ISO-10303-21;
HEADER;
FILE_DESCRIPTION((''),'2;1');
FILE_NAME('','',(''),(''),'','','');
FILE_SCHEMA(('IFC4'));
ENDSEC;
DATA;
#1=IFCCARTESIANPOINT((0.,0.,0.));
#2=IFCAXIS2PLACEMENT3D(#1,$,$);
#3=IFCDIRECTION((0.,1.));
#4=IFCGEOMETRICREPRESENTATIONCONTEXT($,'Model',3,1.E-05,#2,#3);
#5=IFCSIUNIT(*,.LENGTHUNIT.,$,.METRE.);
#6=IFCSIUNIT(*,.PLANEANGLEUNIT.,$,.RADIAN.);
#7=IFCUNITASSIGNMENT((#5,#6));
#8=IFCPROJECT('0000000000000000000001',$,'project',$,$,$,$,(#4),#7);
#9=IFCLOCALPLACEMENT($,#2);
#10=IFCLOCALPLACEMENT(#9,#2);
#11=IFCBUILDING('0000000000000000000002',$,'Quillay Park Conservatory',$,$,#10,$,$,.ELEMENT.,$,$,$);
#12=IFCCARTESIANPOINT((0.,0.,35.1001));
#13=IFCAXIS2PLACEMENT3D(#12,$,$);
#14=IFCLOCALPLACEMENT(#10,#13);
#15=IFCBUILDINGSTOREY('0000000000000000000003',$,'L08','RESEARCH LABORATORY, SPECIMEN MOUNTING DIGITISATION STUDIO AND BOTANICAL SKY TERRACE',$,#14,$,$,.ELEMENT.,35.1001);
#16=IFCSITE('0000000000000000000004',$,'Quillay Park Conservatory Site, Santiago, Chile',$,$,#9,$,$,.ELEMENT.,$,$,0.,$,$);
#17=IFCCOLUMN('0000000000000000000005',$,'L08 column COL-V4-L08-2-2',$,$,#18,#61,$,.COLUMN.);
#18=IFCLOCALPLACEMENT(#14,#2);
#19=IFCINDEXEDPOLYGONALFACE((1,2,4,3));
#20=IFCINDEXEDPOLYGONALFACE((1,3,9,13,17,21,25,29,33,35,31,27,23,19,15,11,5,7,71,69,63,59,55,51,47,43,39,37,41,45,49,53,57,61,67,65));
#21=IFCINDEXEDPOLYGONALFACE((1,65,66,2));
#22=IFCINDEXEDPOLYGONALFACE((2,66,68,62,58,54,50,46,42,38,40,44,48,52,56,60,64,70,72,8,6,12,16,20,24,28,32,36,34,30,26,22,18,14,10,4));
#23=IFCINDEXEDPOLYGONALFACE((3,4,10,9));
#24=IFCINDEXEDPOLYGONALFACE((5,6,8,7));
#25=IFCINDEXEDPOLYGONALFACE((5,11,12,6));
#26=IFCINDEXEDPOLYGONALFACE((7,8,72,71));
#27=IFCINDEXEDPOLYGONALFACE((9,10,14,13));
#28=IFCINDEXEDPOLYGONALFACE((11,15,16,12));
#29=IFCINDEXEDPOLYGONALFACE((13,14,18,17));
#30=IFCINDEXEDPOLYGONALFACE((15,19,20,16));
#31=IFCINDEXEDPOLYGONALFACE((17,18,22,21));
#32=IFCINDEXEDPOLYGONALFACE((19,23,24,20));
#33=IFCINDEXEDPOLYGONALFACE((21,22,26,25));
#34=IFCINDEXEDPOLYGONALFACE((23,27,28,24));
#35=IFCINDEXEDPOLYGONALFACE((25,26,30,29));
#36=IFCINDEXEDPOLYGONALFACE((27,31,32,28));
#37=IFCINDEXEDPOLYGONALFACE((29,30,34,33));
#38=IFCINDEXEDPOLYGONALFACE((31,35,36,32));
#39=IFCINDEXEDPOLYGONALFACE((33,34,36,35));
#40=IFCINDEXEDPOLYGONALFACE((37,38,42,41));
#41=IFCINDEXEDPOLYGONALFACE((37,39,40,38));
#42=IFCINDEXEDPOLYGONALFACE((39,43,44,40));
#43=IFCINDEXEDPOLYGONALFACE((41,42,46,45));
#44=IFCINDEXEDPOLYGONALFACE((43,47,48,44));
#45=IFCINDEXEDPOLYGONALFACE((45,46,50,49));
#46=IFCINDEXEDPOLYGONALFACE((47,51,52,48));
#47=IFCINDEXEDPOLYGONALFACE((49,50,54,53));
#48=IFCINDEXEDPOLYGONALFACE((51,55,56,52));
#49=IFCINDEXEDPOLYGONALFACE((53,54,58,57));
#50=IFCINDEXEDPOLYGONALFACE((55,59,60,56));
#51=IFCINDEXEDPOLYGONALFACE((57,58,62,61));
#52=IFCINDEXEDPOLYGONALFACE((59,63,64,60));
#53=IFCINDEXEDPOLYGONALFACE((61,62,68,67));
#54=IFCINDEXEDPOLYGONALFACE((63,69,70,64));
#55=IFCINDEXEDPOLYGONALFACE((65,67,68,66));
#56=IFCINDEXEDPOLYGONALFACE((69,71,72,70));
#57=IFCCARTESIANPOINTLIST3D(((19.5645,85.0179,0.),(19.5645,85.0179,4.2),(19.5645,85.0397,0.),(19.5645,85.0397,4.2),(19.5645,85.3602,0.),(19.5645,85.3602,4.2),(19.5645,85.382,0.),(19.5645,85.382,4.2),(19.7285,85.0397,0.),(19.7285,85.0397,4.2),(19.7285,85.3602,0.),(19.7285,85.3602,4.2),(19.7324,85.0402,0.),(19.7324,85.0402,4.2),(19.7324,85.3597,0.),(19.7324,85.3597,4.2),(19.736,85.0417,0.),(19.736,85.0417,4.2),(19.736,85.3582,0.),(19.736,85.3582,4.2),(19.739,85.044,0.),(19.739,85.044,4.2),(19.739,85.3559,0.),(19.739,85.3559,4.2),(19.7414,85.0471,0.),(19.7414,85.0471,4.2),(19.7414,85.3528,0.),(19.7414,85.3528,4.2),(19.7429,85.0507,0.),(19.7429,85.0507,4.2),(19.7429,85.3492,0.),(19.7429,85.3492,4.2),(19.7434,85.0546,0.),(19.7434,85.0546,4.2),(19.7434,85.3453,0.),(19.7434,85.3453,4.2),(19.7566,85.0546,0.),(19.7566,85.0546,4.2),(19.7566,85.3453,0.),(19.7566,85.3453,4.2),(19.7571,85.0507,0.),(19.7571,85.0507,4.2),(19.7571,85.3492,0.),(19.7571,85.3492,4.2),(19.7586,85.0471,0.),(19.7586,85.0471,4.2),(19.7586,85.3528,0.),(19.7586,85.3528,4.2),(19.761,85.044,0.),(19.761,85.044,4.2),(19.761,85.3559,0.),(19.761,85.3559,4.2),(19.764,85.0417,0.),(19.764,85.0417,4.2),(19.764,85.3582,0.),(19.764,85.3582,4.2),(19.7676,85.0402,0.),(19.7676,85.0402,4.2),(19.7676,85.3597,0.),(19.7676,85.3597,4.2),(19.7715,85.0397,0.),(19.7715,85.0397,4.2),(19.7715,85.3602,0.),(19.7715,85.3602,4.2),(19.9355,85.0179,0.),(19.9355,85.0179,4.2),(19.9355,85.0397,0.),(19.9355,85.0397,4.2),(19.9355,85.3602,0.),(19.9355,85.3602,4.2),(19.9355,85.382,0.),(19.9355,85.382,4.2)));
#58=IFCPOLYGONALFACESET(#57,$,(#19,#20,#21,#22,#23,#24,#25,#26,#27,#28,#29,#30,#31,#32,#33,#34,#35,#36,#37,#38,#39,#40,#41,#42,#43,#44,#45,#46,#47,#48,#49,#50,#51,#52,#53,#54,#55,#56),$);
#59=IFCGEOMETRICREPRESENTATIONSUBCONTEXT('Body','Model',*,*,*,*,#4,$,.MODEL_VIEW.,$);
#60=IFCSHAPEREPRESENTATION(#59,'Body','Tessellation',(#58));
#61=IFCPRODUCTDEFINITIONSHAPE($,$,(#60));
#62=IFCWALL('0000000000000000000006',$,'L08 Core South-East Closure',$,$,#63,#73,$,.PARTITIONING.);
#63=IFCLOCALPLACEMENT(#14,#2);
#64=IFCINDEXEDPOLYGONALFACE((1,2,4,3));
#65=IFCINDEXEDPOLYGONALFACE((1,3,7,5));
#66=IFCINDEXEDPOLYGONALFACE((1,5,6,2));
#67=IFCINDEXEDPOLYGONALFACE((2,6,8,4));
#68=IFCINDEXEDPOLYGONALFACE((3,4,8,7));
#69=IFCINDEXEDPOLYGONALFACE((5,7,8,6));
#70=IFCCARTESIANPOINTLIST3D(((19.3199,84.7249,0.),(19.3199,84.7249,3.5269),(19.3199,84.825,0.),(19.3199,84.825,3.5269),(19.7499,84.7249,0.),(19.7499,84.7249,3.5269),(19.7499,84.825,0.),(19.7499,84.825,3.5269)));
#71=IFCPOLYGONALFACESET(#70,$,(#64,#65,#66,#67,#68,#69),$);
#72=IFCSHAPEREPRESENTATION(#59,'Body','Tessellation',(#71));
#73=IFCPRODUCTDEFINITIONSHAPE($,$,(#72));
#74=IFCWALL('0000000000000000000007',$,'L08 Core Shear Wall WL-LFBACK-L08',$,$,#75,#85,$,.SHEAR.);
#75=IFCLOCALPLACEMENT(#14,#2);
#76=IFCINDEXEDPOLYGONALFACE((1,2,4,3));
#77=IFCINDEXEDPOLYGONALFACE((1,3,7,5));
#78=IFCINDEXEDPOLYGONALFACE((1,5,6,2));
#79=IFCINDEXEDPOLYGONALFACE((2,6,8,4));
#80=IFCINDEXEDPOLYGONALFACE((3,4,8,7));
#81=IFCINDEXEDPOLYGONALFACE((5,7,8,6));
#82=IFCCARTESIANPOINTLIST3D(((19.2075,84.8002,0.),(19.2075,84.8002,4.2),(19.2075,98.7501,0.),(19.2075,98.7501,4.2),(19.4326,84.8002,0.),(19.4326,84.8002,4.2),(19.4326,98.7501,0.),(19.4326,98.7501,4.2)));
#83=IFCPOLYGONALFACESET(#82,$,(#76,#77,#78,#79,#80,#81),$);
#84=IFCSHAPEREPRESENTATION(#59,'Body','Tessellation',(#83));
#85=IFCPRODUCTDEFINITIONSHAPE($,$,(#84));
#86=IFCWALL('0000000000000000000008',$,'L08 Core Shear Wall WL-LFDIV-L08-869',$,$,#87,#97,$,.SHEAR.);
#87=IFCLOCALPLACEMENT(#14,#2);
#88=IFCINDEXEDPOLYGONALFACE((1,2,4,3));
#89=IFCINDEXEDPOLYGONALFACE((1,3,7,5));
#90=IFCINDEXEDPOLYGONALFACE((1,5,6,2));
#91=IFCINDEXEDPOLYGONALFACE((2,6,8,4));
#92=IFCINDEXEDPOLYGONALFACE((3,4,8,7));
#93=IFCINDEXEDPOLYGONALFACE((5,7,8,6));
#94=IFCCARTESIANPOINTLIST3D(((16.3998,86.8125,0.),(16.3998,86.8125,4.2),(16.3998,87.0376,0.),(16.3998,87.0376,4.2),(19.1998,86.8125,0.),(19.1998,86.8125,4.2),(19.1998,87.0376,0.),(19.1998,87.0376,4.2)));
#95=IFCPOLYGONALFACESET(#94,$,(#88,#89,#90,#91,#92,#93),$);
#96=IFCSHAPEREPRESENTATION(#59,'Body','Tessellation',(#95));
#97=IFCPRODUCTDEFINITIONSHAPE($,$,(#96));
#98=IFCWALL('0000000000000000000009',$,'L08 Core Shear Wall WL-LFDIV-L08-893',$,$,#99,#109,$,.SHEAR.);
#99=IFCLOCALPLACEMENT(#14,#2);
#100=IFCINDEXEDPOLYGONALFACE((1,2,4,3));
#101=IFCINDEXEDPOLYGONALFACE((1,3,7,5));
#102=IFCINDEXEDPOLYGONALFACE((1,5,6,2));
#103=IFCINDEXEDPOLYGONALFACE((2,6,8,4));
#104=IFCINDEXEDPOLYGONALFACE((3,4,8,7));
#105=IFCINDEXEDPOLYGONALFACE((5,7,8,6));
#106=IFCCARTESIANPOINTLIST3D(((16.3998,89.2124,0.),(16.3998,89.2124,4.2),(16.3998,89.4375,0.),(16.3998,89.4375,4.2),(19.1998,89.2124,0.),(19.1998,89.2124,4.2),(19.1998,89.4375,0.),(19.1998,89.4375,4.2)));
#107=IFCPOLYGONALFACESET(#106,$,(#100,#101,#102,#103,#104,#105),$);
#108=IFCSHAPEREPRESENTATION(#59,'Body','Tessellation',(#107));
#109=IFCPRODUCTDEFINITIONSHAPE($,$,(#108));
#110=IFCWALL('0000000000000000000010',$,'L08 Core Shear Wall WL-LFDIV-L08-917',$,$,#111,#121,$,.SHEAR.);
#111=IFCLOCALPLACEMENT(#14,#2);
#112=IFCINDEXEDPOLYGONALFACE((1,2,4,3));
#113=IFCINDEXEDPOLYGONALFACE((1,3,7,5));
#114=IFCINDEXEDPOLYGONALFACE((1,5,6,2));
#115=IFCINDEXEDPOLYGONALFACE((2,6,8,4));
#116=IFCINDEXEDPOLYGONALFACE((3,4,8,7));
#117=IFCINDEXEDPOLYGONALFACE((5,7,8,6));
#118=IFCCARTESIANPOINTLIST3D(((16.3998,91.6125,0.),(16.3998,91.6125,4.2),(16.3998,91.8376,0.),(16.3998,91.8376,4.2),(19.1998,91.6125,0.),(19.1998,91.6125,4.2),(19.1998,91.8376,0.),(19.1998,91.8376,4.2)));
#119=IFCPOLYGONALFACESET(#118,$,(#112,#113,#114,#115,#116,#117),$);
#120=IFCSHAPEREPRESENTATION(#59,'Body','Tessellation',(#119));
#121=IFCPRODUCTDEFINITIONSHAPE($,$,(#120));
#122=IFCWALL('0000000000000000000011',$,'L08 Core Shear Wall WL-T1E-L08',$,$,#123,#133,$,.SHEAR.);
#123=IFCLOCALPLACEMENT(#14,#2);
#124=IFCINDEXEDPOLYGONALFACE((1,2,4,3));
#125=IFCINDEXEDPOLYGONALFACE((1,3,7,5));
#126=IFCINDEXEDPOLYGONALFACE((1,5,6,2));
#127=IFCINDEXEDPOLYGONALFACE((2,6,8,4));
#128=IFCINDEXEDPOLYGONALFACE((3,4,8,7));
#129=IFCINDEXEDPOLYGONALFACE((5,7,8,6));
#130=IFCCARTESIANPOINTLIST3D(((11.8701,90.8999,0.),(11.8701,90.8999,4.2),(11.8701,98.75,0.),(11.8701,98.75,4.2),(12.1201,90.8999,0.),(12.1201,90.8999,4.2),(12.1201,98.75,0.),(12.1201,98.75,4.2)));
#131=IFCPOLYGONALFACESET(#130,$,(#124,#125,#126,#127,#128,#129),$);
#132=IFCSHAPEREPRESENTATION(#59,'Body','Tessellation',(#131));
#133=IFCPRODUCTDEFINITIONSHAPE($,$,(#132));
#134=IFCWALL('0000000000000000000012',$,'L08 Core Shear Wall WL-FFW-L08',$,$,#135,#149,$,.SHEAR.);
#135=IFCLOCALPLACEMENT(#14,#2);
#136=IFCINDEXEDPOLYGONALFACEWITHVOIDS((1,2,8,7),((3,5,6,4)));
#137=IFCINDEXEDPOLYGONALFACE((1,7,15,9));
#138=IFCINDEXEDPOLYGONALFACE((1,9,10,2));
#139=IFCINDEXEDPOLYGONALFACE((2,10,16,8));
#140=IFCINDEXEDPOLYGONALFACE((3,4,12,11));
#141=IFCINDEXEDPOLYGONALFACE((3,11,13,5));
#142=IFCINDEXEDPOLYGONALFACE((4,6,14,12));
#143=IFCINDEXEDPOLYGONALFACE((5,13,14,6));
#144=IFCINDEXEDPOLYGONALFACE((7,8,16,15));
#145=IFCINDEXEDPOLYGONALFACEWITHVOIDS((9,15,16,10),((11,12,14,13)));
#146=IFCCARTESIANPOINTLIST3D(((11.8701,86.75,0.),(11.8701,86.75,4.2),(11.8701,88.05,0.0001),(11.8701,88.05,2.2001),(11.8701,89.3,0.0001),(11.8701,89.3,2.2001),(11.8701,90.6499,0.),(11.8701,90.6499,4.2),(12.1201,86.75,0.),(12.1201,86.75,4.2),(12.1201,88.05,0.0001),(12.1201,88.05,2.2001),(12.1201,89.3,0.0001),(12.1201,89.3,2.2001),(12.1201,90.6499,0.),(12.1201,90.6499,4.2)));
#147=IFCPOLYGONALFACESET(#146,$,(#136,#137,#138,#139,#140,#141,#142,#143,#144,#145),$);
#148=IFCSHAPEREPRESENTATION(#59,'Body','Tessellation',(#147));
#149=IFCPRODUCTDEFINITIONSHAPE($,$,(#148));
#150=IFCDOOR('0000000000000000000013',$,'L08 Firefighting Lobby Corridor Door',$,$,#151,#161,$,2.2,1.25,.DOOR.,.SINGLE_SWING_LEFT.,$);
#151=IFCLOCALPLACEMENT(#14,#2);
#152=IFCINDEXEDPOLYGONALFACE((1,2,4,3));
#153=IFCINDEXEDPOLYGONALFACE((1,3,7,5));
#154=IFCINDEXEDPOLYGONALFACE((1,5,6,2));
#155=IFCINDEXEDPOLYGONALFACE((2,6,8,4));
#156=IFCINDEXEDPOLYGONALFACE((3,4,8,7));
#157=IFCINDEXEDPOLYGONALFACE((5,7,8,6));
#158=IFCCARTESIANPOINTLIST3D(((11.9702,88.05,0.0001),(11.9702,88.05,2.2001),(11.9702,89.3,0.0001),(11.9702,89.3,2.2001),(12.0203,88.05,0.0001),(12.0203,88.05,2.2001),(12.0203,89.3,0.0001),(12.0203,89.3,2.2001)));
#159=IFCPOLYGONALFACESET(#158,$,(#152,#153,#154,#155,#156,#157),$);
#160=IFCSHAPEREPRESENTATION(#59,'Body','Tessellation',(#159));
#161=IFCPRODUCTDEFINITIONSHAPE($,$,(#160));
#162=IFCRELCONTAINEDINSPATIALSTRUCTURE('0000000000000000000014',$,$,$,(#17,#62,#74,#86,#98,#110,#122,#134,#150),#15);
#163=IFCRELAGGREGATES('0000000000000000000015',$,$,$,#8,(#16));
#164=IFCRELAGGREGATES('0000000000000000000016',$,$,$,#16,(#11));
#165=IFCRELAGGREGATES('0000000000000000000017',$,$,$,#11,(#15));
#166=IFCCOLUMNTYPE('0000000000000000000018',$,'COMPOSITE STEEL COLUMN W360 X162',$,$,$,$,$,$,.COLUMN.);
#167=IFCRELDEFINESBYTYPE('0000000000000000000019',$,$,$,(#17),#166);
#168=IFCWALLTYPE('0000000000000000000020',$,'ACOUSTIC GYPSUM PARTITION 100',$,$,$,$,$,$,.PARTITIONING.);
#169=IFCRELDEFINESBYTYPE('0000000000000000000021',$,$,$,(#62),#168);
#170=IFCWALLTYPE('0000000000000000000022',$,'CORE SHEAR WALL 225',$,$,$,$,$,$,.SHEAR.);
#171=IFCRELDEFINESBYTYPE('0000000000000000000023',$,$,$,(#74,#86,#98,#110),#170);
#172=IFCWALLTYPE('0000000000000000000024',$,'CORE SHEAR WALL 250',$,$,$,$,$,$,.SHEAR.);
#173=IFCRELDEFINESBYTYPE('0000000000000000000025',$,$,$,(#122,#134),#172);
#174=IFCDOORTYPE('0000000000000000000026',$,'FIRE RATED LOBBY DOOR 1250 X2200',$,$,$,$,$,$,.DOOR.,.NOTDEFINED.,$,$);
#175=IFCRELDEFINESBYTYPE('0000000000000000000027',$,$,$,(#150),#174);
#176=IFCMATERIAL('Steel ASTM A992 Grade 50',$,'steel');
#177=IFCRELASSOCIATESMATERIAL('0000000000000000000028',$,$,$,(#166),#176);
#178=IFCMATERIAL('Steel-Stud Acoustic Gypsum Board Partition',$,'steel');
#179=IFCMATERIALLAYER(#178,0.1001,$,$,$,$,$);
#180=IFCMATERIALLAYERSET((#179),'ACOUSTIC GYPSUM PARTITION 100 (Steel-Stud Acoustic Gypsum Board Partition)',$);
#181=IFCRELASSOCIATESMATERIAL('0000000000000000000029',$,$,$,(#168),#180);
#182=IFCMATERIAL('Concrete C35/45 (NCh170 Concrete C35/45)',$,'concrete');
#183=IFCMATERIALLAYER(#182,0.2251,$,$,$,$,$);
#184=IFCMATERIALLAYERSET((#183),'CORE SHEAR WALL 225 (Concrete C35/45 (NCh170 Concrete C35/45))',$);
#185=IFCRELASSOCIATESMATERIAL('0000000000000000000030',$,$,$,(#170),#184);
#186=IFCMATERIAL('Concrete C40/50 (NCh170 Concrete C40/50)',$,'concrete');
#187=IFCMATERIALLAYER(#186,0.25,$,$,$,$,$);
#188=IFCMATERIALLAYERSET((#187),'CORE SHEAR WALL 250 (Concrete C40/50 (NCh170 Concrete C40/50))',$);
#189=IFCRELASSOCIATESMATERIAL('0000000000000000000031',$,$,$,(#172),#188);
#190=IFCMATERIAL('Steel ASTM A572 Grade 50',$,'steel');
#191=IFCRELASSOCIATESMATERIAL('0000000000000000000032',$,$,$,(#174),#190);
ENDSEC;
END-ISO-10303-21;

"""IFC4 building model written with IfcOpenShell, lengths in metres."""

from ifc_helpers import new_model, si_unit, direction, frame, frame_2d, origin, origin_2d, place, context, subcontext, project, spatial, rectangle, i_section, extrude, material, layer, layer_set, material_profile, profile_set, type_object, element, fill, save


model = new_model("IFC4")

# Units and contexts
model_context = context("Model", 3, precision=1e-05, world=origin(), true_north=direction((0.0, 1.0)))
body_context = subcontext(model_context, "Body", "Model", "MODEL_VIEW")
ifc_project = project(units=[si_unit("LENGTHUNIT", "METRE"), si_unit("PLANEANGLEUNIT", "RADIAN")], contexts=[model_context])

# Site, building, storey
site_placement = place(None, origin())
site = spatial("IfcSite", under=ifc_project, at=site_placement, Name="Quillay Park Conservatory Site, Santiago, Chile", CompositionType="ELEMENT", RefElevation=0.0)
building_placement = place(site_placement, origin())
building = spatial("IfcBuilding", under=site, at=building_placement, Name="Quillay Park Conservatory", CompositionType="ELEMENT")
storey_placement = place(building_placement, frame((0.0, 0.0, 35.1001)))
storey = spatial("IfcBuildingStorey", under=building, at=storey_placement, Name="L08", Description="RESEARCH LABORATORY, SPECIMEN MOUNTING DIGITISATION STUDIO AND BOTANICAL SKY TERRACE", CompositionType="ELEMENT", Elevation=35.1001)

# Column
ifc_material_1 = material(Name="Steel ASTM A992 Grade 50", Category="steel")
ifc_material_profile = material_profile(ifc_material_1, i_section(OverallWidth=0.3711, OverallDepth=0.364, WebThickness=0.0132, FlangeThickness=0.0217, FilletRadius=0.0149, at=origin_2d()), Name="W360x162")
ifc_profile_set = profile_set([ifc_material_profile], Name="Steel ASTM A992 Grade 50")
column_type = type_object("IfcColumnType", Name="COMPOSITE STEEL COLUMN W360 X162", PredefinedType="COLUMN", material=ifc_profile_set)
column_placement = place(storey_placement, frame((19.75, 85.2, 0.0), z_axis=(0.0, 0.0, 1.0), x_axis=(1.0, 0.0, 0.0)))
element("IfcColumn", 1, at=column_placement, inside=storey, type_object=column_type, Name="L08 column COL-V4-L08-2-2", PredefinedType="COLUMN", context=body_context, shape_type="SweptSolid", body=[
    extrude(i_section(OverallWidth=0.3711, OverallDepth=0.364, WebThickness=0.0132, FlangeThickness=0.0217, FilletRadius=0.0149, at=origin_2d()), origin(), (0.0, 0.0, 1.0), 4.2),
])

# Walls
ifc_material_2 = material(Name="Steel-Stud Acoustic Gypsum Board Partition", Category="steel")
ifc_layer_1 = layer(ifc_material_2, 0.1001)
ifc_layer_set_1 = layer_set([ifc_layer_1], Name="ACOUSTIC GYPSUM PARTITION 100 (Steel-Stud Acoustic Gypsum Board Partition)")
wall_type_1 = type_object("IfcWallType", Name="ACOUSTIC GYPSUM PARTITION 100", PredefinedType="PARTITIONING", material=ifc_layer_set_1)
wall_1_placement = place(storey_placement, frame((19.3201, 84.7749, 0.0), z_axis=(0.0, 0.0, 1.0), x_axis=(1.0, 0.0, 0.0)))
element("IfcWall", 2, at=wall_1_placement, inside=storey, type_object=wall_type_1, Name="L08 Core South-East Closure", PredefinedType="PARTITIONING", context=body_context, shape_type="SweptSolid", body=[
    extrude(rectangle(XDim=0.4299, YDim=0.1001, at=frame_2d((0.2148, 0.0))), origin(), (0.0, 0.0, 1.0), 3.5269),
])
ifc_material_3 = material(Name="Concrete C35/45 (NCh170 Concrete C35/45)", Category="concrete")
ifc_layer_2 = layer(ifc_material_3, 0.2251)
ifc_layer_set_2 = layer_set([ifc_layer_2], Name="CORE SHEAR WALL 225 (Concrete C35/45 (NCh170 Concrete C35/45))")
wall_type_2 = type_object("IfcWallType", Name="CORE SHEAR WALL 225", PredefinedType="SHEAR", material=ifc_layer_set_2)
wall_2_placement = place(storey_placement, frame((19.3201, 84.8, 0.0), z_axis=(0.0, 0.0, 1.0), x_axis=(0.0, 1.0, 0.0)))
element("IfcWall", 3, at=wall_2_placement, inside=storey, type_object=wall_type_2, Name="L08 Core Shear Wall WL-LFBACK-L08", PredefinedType="SHEAR", context=body_context, shape_type="SweptSolid", body=[
    extrude(rectangle(XDim=13.95, YDim=0.2251, at=frame_2d((6.9751, 0.0))), origin(), (0.0, 0.0, 1.0), 4.2),
])
for number, where, z_axis, x_axis, name in (
    (4, (16.3999, 86.925, 0.0), (0.0, 0.0, 1.0), (1.0, 0.0, 0.0), "L08 Core Shear Wall WL-LFDIV-L08-869"),
    (5, (16.3999, 89.325, 0.0), (0.0, 0.0, 1.0), (1.0, 0.0, 0.0), "L08 Core Shear Wall WL-LFDIV-L08-893"),
    (6, (16.3999, 91.7251, 0.0), (0.0, 0.0, 1.0), (1.0, 0.0, 0.0), "L08 Core Shear Wall WL-LFDIV-L08-917"),
):
    element("IfcWall", number, at=place(storey_placement, frame(where, z_axis=z_axis, x_axis=x_axis)), inside=storey, type_object=wall_type_2, Name=name, PredefinedType="SHEAR", context=body_context, shape_type="SweptSolid", body=[
        extrude(rectangle(XDim=2.8, YDim=0.2251, at=frame_2d((1.3999, 0.0))), origin(), (0.0, 0.0, 1.0), 4.2),
    ])
ifc_material_4 = material(Name="Concrete C40/50 (NCh170 Concrete C40/50)", Category="concrete")
ifc_layer_3 = layer(ifc_material_4, 0.25)
ifc_layer_set_3 = layer_set([ifc_layer_3], Name="CORE SHEAR WALL 250 (Concrete C40/50 (NCh170 Concrete C40/50))")
wall_type_3 = type_object("IfcWallType", Name="CORE SHEAR WALL 250", PredefinedType="SHEAR", material=ifc_layer_set_3)
wall_3_placement = place(storey_placement, frame((11.9951, 90.8999, 0.0), z_axis=(0.0, 0.0, 1.0), x_axis=(0.0, 1.0, 0.0)))
element("IfcWall", 7, at=wall_3_placement, inside=storey, type_object=wall_type_3, Name="L08 Core Shear Wall WL-T1E-L08", PredefinedType="SHEAR", context=body_context, shape_type="SweptSolid", body=[
    extrude(rectangle(XDim=7.8501, YDim=0.25, at=frame_2d((3.925, 0.0))), origin(), (0.0, 0.0, 1.0), 4.2),
])

# Wall, opening, door
wall_4_placement = place(storey_placement, frame((11.9951, 86.75, 0.0), z_axis=(0.0, 0.0, 1.0), x_axis=(0.0, 1.0, 0.0)))
wall_4 = element("IfcWall", 8, at=wall_4_placement, inside=storey, type_object=wall_type_3, Name="L08 Core Shear Wall WL-FFW-L08", PredefinedType="SHEAR", context=body_context, shape_type="SweptSolid", body=[
    extrude(rectangle(XDim=3.8999, YDim=0.25, at=frame_2d((1.95, 0.0))), origin(), (0.0, 0.0, 1.0), 4.2),
])
opening_1_placement = place(wall_4_placement, frame((1.3, 0.0, 0.0)))
opening_1 = element("IfcOpeningElement", 9, at=opening_1_placement, cuts=wall_4, PredefinedType="OPENING", context=body_context, shape_type="SweptSolid", body=[
    extrude(rectangle(XDim=1.25, YDim=2.2, at=frame_2d((0.625, 1.1001))), frame((0.0, 0.125, 0.0), z_axis=(0.0, -1.0, 0.0), x_axis=(1.0, 0.0, 0.0)), (0.0, 0.0, 1.0), 0.25),
])
ifc_material_5 = material(Name="Steel ASTM A572 Grade 50", Category="steel")
door_type_1 = type_object("IfcDoorType", Name="FIRE RATED LOBBY DOOR 1250 X2200", OperationType="NOTDEFINED", PredefinedType="DOOR", material=ifc_material_5)
door_1_placement = place(opening_1_placement, origin())
door_1 = element("IfcDoor", 10, at=door_1_placement, inside=storey, type_object=door_type_1, Name="L08 Firefighting Lobby Corridor Door", OperationType="SINGLE_SWING_LEFT", OverallHeight=2.2, OverallWidth=1.25, PredefinedType="DOOR", context=body_context, shape_type="SweptSolid", body=[
    extrude(rectangle(XDim=1.25, YDim=2.2, at=frame_2d((0.625, 1.1001))), frame((0.0, 0.0249, 0.0), z_axis=(0.0, -1.0, 0.0), x_axis=(1.0, 0.0, 0.0)), (0.0, 0.0, 1.0), 0.05),
])
fill(opening_1, door_1)

save(model, "model.ifc")
